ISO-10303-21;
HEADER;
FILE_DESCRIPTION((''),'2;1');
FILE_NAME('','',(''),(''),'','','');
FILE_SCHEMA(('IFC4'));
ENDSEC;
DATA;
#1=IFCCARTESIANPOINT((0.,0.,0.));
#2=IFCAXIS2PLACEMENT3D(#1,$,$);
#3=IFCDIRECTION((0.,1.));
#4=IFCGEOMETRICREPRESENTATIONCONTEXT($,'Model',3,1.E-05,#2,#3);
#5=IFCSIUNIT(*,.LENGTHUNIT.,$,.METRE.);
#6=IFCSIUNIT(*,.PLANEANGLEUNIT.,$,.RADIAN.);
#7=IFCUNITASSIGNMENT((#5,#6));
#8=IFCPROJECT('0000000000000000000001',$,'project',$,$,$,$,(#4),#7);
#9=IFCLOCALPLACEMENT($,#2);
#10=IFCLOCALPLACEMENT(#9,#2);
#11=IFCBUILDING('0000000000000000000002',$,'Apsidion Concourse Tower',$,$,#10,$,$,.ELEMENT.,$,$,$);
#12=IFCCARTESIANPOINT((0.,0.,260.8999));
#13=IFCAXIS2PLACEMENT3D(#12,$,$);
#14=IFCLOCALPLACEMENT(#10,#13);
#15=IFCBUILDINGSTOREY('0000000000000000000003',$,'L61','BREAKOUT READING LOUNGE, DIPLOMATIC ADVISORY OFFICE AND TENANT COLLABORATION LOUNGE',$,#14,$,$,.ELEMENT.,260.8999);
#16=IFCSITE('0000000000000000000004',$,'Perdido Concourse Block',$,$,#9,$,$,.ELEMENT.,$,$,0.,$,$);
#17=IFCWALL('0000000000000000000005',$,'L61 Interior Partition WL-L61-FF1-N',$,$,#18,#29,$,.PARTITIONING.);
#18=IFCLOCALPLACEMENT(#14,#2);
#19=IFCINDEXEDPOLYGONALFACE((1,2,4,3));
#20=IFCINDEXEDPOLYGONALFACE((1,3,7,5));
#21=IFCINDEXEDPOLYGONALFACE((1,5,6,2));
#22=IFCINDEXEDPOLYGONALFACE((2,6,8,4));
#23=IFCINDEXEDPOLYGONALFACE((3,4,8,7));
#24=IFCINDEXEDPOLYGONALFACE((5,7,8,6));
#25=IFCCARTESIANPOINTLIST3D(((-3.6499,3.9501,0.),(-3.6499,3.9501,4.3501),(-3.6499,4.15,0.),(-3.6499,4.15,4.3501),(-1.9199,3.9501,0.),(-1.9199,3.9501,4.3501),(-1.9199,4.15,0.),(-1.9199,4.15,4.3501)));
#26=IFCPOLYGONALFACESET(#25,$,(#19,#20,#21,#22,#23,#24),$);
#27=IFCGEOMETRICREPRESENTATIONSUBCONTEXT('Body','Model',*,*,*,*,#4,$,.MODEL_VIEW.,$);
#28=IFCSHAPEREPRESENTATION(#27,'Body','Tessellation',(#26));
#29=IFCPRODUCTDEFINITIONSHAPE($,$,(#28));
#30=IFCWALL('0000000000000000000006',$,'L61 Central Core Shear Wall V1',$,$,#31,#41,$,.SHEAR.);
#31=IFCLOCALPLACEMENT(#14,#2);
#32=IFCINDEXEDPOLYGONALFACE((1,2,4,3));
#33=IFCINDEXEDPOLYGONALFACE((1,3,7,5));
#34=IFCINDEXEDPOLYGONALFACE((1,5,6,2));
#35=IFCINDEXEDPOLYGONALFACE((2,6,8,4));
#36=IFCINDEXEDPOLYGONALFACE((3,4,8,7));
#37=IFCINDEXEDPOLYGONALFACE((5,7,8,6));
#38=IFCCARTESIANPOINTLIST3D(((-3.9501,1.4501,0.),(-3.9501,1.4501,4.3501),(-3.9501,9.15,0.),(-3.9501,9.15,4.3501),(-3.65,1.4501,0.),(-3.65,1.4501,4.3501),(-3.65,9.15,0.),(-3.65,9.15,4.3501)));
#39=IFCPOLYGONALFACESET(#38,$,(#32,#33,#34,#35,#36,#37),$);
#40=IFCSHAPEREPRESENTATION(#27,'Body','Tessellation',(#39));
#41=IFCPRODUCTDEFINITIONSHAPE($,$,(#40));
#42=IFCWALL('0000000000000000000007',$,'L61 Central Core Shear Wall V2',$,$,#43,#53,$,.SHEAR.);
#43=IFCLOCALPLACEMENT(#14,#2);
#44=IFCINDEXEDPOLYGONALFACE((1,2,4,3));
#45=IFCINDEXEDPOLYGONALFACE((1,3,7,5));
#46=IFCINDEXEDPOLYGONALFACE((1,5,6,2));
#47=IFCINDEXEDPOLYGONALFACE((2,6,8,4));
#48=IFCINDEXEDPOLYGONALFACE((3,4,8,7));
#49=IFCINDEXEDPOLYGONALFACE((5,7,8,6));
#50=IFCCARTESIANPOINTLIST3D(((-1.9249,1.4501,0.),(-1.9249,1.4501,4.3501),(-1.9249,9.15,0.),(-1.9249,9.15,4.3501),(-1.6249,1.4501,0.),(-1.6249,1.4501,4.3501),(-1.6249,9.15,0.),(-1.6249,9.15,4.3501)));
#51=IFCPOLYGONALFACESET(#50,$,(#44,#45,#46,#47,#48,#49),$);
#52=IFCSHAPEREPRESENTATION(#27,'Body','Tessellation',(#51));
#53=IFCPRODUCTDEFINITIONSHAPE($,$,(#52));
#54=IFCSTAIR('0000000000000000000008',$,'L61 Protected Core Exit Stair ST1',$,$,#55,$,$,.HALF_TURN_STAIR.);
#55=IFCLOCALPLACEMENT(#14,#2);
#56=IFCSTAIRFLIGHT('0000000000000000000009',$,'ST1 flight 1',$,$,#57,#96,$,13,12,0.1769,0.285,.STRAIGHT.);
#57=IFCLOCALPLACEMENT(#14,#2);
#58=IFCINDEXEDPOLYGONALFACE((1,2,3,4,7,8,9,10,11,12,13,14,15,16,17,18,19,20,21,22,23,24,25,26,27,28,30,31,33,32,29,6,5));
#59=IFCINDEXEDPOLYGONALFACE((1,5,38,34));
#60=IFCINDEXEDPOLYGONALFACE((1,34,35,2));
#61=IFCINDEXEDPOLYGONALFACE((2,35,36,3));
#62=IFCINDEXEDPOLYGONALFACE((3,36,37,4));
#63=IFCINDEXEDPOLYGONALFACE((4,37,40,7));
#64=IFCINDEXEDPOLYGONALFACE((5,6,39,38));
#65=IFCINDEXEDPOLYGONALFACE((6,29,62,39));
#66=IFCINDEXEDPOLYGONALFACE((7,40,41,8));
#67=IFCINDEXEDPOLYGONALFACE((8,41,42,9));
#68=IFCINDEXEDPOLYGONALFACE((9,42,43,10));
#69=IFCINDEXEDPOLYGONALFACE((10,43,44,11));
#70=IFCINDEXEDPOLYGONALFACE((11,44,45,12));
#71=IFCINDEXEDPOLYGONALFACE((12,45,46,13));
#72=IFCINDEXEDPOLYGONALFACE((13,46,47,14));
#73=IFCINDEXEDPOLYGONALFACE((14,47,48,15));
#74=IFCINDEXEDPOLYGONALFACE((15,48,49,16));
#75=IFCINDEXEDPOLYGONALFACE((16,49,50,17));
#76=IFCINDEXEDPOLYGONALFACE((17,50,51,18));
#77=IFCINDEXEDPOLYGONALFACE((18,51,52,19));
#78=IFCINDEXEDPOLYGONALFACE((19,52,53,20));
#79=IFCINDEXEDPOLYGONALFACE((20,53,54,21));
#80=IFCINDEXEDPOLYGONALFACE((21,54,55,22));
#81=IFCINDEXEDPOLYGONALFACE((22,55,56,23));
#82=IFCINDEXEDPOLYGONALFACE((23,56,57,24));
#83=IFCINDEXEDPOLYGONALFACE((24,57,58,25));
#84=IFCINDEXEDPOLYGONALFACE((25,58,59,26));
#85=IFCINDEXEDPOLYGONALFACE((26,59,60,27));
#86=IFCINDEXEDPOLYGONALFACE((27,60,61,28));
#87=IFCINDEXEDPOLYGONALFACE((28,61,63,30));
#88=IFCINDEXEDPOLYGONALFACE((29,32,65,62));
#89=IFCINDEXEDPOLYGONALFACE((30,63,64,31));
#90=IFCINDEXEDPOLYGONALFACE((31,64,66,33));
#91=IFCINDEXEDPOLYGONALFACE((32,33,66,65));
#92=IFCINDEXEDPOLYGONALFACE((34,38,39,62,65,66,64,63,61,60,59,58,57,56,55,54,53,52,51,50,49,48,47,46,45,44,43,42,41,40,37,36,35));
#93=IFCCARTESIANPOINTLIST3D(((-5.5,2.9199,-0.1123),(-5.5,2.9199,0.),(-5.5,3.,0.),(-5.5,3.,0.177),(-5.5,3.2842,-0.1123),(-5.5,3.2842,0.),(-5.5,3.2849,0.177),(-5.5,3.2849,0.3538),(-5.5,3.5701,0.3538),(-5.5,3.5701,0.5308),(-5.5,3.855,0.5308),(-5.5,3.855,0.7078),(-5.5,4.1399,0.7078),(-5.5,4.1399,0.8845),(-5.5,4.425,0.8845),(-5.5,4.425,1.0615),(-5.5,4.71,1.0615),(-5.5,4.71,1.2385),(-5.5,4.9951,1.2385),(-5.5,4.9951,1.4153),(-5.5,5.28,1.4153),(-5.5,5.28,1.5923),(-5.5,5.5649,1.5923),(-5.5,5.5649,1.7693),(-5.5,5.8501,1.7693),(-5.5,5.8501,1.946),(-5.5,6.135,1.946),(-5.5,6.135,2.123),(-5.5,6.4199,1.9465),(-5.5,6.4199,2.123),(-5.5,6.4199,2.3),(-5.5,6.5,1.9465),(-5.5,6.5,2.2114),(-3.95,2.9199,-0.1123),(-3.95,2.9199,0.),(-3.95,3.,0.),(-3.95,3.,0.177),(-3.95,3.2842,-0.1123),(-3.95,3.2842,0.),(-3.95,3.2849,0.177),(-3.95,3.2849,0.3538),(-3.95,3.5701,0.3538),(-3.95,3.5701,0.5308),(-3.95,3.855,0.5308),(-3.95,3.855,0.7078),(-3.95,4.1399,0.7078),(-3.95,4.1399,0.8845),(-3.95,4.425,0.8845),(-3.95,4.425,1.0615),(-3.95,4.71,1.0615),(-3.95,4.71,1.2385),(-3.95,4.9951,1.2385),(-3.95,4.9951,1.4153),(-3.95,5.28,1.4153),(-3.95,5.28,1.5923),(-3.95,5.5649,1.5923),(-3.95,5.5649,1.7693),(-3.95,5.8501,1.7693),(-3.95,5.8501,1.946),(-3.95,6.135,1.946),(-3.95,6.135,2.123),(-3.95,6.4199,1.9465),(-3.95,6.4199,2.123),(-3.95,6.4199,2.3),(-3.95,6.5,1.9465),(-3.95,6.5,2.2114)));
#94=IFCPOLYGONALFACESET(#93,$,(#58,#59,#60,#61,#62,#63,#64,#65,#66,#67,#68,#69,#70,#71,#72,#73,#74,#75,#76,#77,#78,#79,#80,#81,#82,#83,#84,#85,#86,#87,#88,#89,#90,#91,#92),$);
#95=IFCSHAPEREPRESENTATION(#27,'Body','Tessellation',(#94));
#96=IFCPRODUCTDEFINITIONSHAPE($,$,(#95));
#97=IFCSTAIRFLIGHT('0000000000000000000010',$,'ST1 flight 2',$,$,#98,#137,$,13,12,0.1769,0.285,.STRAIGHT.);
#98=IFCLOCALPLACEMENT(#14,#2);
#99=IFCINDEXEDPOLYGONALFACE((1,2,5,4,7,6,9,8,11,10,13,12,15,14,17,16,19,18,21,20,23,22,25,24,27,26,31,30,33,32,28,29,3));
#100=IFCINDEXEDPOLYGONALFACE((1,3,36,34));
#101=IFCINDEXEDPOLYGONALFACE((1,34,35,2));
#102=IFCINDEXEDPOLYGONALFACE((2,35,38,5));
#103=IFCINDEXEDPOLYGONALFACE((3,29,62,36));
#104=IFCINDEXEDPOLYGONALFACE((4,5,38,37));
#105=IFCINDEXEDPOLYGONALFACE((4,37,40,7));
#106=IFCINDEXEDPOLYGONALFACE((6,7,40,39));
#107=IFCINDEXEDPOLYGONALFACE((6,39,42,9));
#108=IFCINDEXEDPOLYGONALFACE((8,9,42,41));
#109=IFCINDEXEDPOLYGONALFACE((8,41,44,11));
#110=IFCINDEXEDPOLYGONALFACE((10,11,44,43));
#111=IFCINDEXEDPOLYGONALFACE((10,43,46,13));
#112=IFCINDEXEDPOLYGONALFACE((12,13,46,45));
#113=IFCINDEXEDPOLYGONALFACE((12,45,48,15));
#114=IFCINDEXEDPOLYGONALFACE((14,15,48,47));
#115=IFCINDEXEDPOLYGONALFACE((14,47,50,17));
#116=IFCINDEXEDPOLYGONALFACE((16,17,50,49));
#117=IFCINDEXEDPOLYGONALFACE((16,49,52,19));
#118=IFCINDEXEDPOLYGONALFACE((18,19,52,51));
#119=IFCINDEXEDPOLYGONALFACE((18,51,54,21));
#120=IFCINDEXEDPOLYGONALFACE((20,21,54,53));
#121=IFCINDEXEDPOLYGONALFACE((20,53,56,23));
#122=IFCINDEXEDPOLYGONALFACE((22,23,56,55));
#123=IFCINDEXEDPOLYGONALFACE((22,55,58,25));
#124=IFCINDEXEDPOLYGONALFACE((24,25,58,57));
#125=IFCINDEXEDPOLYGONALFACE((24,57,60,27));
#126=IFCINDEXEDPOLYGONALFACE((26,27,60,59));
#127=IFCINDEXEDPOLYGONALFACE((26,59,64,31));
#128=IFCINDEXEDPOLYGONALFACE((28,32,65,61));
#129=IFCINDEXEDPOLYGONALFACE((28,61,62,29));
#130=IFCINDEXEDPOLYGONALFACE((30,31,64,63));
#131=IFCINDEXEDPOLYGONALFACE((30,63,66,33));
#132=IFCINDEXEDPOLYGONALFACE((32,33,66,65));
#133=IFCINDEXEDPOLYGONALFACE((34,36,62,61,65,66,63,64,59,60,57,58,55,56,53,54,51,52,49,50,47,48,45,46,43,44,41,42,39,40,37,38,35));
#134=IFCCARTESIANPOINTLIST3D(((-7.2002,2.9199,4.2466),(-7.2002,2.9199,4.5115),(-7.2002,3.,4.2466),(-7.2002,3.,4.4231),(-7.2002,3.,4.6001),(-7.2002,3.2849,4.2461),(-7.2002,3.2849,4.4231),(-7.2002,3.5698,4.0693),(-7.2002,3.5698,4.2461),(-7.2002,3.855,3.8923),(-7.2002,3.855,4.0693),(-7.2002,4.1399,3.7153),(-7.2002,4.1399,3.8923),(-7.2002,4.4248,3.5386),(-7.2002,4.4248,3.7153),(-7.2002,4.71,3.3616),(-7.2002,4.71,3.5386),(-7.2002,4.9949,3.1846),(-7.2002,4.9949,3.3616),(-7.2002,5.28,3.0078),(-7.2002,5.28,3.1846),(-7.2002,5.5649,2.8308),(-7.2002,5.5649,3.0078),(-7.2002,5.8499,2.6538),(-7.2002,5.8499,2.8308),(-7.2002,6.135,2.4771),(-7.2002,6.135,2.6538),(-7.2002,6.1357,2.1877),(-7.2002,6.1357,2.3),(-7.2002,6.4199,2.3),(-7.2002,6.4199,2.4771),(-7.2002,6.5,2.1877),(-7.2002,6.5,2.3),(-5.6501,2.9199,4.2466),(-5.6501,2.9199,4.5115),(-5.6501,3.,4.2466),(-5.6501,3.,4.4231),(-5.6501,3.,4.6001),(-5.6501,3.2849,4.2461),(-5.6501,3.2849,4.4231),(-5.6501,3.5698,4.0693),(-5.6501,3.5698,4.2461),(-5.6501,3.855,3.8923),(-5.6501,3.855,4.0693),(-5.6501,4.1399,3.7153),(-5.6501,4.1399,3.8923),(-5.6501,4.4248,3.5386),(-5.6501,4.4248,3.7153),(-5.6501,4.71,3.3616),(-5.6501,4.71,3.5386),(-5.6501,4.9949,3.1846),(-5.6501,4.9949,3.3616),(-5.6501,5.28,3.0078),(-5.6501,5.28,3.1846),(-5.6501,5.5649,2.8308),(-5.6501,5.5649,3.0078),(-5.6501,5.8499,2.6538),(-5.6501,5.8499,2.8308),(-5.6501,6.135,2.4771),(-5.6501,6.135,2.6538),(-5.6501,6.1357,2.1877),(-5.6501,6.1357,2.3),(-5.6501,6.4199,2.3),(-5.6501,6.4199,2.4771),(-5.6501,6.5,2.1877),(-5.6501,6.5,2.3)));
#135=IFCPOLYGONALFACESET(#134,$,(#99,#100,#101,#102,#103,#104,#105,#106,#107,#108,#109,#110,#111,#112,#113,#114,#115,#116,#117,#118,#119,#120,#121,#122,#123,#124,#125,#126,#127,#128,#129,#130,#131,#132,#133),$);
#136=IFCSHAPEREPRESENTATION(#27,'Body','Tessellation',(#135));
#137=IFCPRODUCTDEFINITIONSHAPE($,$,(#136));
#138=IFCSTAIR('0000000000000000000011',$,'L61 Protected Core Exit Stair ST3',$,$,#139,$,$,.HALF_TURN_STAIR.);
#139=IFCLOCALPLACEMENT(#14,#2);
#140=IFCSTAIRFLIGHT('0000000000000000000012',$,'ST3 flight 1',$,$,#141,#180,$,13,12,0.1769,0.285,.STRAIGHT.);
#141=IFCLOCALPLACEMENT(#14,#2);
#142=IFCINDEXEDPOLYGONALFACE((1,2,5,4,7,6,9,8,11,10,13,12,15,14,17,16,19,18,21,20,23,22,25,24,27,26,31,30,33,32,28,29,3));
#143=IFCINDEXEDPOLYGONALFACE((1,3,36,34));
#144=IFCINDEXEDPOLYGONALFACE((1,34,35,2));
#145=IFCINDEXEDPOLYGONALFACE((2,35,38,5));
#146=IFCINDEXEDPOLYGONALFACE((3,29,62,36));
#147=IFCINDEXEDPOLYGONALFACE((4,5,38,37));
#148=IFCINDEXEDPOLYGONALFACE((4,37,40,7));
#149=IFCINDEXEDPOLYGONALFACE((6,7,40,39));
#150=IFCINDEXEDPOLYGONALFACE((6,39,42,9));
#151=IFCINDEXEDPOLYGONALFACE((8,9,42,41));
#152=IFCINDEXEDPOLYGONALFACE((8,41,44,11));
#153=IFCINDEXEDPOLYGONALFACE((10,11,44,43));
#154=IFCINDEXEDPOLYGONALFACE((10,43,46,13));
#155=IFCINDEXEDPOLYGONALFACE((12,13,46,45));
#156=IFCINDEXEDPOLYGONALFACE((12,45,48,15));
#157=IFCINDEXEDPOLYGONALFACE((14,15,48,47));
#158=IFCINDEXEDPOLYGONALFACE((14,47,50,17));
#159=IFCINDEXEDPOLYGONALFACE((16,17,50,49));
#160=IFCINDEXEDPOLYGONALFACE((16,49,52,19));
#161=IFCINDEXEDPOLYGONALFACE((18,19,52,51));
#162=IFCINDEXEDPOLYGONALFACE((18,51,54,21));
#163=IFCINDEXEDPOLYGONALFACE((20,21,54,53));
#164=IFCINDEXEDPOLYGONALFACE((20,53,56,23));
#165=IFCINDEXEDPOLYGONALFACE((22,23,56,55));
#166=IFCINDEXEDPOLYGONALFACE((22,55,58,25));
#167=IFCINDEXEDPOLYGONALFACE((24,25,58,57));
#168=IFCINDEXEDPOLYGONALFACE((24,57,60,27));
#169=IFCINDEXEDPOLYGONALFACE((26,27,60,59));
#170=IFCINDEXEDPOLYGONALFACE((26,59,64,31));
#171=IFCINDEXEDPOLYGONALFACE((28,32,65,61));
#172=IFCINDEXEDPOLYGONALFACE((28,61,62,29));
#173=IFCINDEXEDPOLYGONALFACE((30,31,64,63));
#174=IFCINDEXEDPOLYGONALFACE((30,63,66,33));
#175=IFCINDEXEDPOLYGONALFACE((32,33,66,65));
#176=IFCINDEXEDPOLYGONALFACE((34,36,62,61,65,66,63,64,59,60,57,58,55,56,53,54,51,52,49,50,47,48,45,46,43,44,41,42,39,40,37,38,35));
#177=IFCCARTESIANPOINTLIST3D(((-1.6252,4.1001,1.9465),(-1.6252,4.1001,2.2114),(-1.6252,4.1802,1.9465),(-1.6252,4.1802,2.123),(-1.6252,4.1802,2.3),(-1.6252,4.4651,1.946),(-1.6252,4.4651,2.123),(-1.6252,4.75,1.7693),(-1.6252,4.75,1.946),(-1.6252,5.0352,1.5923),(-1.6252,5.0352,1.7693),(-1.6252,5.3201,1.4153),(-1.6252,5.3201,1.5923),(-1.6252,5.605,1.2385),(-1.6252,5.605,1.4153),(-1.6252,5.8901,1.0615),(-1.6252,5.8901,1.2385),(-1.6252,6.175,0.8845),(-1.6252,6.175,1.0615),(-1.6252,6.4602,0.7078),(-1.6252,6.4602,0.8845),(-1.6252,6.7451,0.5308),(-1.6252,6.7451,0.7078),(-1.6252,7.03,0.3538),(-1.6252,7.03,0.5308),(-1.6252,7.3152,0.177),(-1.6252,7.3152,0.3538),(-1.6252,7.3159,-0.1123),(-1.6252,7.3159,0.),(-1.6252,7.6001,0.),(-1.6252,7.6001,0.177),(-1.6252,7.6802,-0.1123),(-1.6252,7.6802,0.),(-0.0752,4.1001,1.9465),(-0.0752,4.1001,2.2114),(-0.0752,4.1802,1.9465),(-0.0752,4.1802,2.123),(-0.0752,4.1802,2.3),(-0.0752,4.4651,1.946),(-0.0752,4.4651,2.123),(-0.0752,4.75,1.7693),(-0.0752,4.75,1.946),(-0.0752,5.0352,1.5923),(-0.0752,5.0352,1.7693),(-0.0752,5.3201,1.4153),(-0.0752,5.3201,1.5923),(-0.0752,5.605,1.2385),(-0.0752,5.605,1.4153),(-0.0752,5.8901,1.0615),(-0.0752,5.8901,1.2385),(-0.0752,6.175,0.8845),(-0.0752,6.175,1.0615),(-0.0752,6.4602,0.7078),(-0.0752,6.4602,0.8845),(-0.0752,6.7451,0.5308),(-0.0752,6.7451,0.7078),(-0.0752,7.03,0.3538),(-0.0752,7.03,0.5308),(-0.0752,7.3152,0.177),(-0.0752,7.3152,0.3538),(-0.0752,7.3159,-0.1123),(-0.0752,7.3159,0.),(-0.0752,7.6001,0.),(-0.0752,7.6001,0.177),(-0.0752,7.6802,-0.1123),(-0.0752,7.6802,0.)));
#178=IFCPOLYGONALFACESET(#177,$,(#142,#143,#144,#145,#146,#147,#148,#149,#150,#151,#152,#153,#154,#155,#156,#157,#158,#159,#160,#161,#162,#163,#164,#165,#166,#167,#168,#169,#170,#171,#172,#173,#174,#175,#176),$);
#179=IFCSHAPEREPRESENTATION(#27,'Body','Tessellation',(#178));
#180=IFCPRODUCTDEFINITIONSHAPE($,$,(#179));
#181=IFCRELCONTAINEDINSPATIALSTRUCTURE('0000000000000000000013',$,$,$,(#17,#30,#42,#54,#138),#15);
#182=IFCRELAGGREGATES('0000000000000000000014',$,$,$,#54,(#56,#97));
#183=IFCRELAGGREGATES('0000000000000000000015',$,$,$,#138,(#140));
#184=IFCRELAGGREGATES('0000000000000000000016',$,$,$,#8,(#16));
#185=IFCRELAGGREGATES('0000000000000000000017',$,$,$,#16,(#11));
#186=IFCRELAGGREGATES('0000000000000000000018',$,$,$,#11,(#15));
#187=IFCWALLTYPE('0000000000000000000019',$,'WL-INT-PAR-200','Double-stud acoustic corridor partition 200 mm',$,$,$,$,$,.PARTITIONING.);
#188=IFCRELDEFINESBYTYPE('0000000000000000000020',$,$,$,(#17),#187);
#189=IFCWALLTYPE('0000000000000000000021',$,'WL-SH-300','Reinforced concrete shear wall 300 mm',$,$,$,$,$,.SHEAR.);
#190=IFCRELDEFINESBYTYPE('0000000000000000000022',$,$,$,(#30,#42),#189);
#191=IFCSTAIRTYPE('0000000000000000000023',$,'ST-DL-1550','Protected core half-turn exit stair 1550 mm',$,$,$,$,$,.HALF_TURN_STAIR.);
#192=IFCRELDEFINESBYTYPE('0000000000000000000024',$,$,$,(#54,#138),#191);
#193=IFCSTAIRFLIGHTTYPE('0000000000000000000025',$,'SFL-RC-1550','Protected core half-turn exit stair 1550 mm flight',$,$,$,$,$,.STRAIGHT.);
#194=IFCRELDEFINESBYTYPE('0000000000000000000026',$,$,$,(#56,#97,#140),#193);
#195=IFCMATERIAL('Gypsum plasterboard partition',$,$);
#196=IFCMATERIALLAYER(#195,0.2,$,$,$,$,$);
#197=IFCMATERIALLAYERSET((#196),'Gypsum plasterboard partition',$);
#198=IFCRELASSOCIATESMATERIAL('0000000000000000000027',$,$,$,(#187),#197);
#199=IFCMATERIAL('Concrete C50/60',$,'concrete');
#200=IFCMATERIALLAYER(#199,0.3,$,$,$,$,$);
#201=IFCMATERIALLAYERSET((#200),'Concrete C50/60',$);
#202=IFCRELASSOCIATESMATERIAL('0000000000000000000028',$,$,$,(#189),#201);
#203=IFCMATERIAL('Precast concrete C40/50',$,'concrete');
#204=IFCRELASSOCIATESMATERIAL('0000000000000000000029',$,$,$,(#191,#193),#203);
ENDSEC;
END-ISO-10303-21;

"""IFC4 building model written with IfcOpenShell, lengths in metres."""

from ifc_helpers import new_model, si_unit, direction, frame, frame_2d, origin, place, context, subcontext, project, spatial, polyline, rectangle, outline, extrude, material, layer, layer_set, type_object, element, aggregate, save


model = new_model("IFC4")

# Units and contexts
model_context = context("Model", 3, precision=1e-05, world=origin(), true_north=direction((0.0, 1.0)))
body_context = subcontext(model_context, "Body", "Model", "MODEL_VIEW")
ifc_project = project(units=[si_unit("LENGTHUNIT", "METRE"), si_unit("PLANEANGLEUNIT", "RADIAN")], contexts=[model_context])

# Site, building, storey
site_placement = place(None, origin())
site = spatial("IfcSite", under=ifc_project, at=site_placement, Name="Perdido Concourse Block", CompositionType="ELEMENT", RefElevation=0.0)
building_placement = place(site_placement, origin())
building = spatial("IfcBuilding", under=site, at=building_placement, Name="Apsidion Concourse Tower", CompositionType="ELEMENT")
storey_placement = place(building_placement, frame((0.0, 0.0, 260.8999)))
storey = spatial("IfcBuildingStorey", under=building, at=storey_placement, Name="L61", Description="BREAKOUT READING LOUNGE, DIPLOMATIC ADVISORY OFFICE AND TENANT COLLABORATION LOUNGE", CompositionType="ELEMENT", Elevation=260.8999)

# Shared definitions
ifc_material_1 = material(Name="Concrete C50/60", Category="concrete")

# Shared definitions
ifc_material_2 = material(Name="Gypsum plasterboard partition")

# Walls
ifc_layer_1 = layer(ifc_material_2, 0.2)
ifc_layer_set_1 = layer_set([ifc_layer_1], Name="Gypsum plasterboard partition")
wall_type_1 = type_object("IfcWallType", Name="WL-INT-PAR-200", Description="Double-stud acoustic corridor partition 200 mm", PredefinedType="PARTITIONING", material=ifc_layer_set_1)
wall_1_placement = place(storey_placement, frame((-3.6499, 4.05, 0.0), z_axis=(0.0, 0.0, 1.0), x_axis=(1.0, 0.0, 0.0)))
element("IfcWall", 1, at=wall_1_placement, inside=storey, type_object=wall_type_1, Name="L61 Interior Partition WL-L61-FF1-N", PredefinedType="PARTITIONING", context=body_context, shape_type="SweptSolid", body=[
    extrude(rectangle(XDim=1.73, YDim=0.2, at=frame_2d((0.865, 0.0))), origin(), (0.0, 0.0, 1.0), 4.3501),
])
ifc_layer_2 = layer(ifc_material_1, 0.3)
ifc_layer_set_2 = layer_set([ifc_layer_2], Name="Concrete C50/60")
wall_type_2 = type_object("IfcWallType", Name="WL-SH-300", Description="Reinforced concrete shear wall 300 mm", PredefinedType="SHEAR", material=ifc_layer_set_2)
for number, where, z_axis, x_axis, name in (
    (2, (-3.8, 1.45, 0.0), (0.0, 0.0, 1.0), (0.0, 1.0, 0.0), "L61 Central Core Shear Wall V1"),
    (3, (-1.7749, 1.45, 0.0), (0.0, 0.0, 1.0), (0.0, 1.0, 0.0), "L61 Central Core Shear Wall V2"),
):
    element("IfcWall", number, at=place(storey_placement, frame(where, z_axis=z_axis, x_axis=x_axis)), inside=storey, type_object=wall_type_2, Name=name, PredefinedType="SHEAR", context=body_context, shape_type="SweptSolid", body=[
        extrude(rectangle(XDim=7.7, YDim=0.3, at=frame_2d((3.8501, 0.0))), origin(), (0.0, 0.0, 1.0), 4.3501),
    ])

# Stair, stair flights
ifc_material_3 = material(Name="Precast concrete C40/50", Category="concrete")
stair_type = type_object("IfcStairType", Name="ST-DL-1550", Description="Protected core half-turn exit stair 1550 mm", PredefinedType="HALF_TURN_STAIR", material=ifc_material_3)
stair_1_placement = place(storey_placement, origin())
stair_1 = element("IfcStair", 4, at=stair_1_placement, inside=storey, type_object=stair_type, Name="L61 Protected Core Exit Stair ST1", PredefinedType="HALF_TURN_STAIR")
stair_flight_type = type_object("IfcStairFlightType", Name="SFL-RC-1550", Description="Protected core half-turn exit stair 1550 mm flight", PredefinedType="STRAIGHT", material=ifc_material_3)
stair_flight_1_placement = place(storey_placement, frame((-4.7251, 3.0, 0.0), z_axis=(0.0, 0.0, 1.0), x_axis=(0.0, 1.0, 0.0)))
stair_flight_1 = element("IfcStairFlight", 5, at=stair_flight_1_placement, type_object=stair_flight_type, Name="ST1 flight 1", NumberOfRisers=13, NumberOfTreads=12, PredefinedType="STRAIGHT", RiserHeight=0.1769, TreadLength=0.285, context=body_context, shape_type="SweptSolid", body=[
    extrude(outline(polyline([(-0.0801, -0.1123), (-0.0801, 0.0), (0.0, 0.0), (0.0, 0.177), (0.2849, 0.177), (0.2849, 0.3538), (0.5701, 0.3538), (0.5701, 0.5308), (0.855, 0.5308), (0.855, 0.7078), (1.1399, 0.7078), (1.1399, 0.8845), (1.425, 0.8845), (1.425, 1.0615), (1.71, 1.0615), (1.71, 1.2385), (1.9951, 1.2385), (1.9951, 1.4153), (2.28, 1.4153), (2.28, 1.5923), (2.5649, 1.5923), (2.5649, 1.7693), (2.8501, 1.7693), (2.8501, 1.946), (3.135, 1.946), (3.135, 2.123), (3.4199, 2.123), (3.4199, 2.3), (3.5, 2.2114), (3.5, 1.9465), (3.4199, 1.9465), (0.2842, 0.0), (0.2842, -0.1123), (-0.0801, -0.1123)])), frame((0.0, 0.7749, 0.0), z_axis=(0.0, -1.0, 0.0), x_axis=(1.0, 0.0, 0.0)), (0.0, 0.0, 1.0), 1.55),
])
stair_flight_2_placement = place(storey_placement, frame((-6.425, 6.4199, 2.3), z_axis=(0.0, 0.0, 1.0), x_axis=(0.0, -1.0, 0.0)))
stair_flight_2 = element("IfcStairFlight", 6, at=stair_flight_2_placement, type_object=stair_flight_type, Name="ST1 flight 2", NumberOfRisers=13, NumberOfTreads=12, PredefinedType="STRAIGHT", RiserHeight=0.1769, TreadLength=0.285, context=body_context, shape_type="SweptSolid", body=[
    extrude(outline(polyline([(-0.0801, -0.1123), (-0.0801, 0.0), (0.0, 0.0), (0.0, 0.177), (0.2849, 0.177), (0.2849, 0.3538), (0.5701, 0.3538), (0.5701, 0.5308), (0.855, 0.5308), (0.855, 0.7078), (1.1399, 0.7078), (1.1399, 0.8845), (1.425, 0.8845), (1.425, 1.0615), (1.71, 1.0615), (1.71, 1.2385), (1.9951, 1.2385), (1.9951, 1.4153), (2.28, 1.4153), (2.28, 1.5923), (2.5649, 1.5923), (2.5649, 1.7693), (2.8501, 1.7693), (2.8501, 1.946), (3.135, 1.946), (3.135, 2.123), (3.4199, 2.123), (3.4199, 2.3), (3.5, 2.2114), (3.5, 1.9465), (3.4199, 1.9465), (0.2842, 0.0), (0.2842, -0.1123), (-0.0801, -0.1123)])), frame((0.0, 0.7749, 0.0), z_axis=(0.0, -1.0, 0.0), x_axis=(1.0, 0.0, 0.0)), (0.0, 0.0, 1.0), 1.55),
])
aggregate(stair_1, [stair_flight_1, stair_flight_2])

# Stair, stair flight
stair_2_placement = place(storey_placement, origin())
stair_2 = element("IfcStair", 7, at=stair_2_placement, inside=storey, type_object=stair_type, Name="L61 Protected Core Exit Stair ST3", PredefinedType="HALF_TURN_STAIR")
stair_flight_3_placement = place(storey_placement, frame((-0.8501, 7.6001, 0.0), z_axis=(0.0, 0.0, 1.0), x_axis=(0.0, -1.0, 0.0)))
stair_flight_3 = element("IfcStairFlight", 8, at=stair_flight_3_placement, type_object=stair_flight_type, Name="ST3 flight 1", NumberOfRisers=13, NumberOfTreads=12, PredefinedType="STRAIGHT", RiserHeight=0.1769, TreadLength=0.285, context=body_context, shape_type="SweptSolid", body=[
    extrude(outline(polyline([(-0.0801, -0.1123), (-0.0801, 0.0), (0.0, 0.0), (0.0, 0.177), (0.2849, 0.177), (0.2849, 0.3538), (0.5701, 0.3538), (0.5701, 0.5308), (0.855, 0.5308), (0.855, 0.7078), (1.1399, 0.7078), (1.1399, 0.8845), (1.425, 0.8845), (1.425, 1.0615), (1.71, 1.0615), (1.71, 1.2385), (1.9951, 1.2385), (1.9951, 1.4153), (2.28, 1.4153), (2.28, 1.5923), (2.5649, 1.5923), (2.5649, 1.7693), (2.8501, 1.7693), (2.8501, 1.946), (3.135, 1.946), (3.135, 2.123), (3.4199, 2.123), (3.4199, 2.3), (3.5, 2.2114), (3.5, 1.9465), (3.4199, 1.9465), (0.2842, 0.0), (0.2842, -0.1123), (-0.0801, -0.1123)])), frame((0.0, 0.7749, 0.0), z_axis=(0.0, -1.0, 0.0), x_axis=(1.0, 0.0, 0.0)), (0.0, 0.0, 1.0), 1.55),
])
aggregate(stair_2, [stair_flight_3])

save(model, "model.ifc")
